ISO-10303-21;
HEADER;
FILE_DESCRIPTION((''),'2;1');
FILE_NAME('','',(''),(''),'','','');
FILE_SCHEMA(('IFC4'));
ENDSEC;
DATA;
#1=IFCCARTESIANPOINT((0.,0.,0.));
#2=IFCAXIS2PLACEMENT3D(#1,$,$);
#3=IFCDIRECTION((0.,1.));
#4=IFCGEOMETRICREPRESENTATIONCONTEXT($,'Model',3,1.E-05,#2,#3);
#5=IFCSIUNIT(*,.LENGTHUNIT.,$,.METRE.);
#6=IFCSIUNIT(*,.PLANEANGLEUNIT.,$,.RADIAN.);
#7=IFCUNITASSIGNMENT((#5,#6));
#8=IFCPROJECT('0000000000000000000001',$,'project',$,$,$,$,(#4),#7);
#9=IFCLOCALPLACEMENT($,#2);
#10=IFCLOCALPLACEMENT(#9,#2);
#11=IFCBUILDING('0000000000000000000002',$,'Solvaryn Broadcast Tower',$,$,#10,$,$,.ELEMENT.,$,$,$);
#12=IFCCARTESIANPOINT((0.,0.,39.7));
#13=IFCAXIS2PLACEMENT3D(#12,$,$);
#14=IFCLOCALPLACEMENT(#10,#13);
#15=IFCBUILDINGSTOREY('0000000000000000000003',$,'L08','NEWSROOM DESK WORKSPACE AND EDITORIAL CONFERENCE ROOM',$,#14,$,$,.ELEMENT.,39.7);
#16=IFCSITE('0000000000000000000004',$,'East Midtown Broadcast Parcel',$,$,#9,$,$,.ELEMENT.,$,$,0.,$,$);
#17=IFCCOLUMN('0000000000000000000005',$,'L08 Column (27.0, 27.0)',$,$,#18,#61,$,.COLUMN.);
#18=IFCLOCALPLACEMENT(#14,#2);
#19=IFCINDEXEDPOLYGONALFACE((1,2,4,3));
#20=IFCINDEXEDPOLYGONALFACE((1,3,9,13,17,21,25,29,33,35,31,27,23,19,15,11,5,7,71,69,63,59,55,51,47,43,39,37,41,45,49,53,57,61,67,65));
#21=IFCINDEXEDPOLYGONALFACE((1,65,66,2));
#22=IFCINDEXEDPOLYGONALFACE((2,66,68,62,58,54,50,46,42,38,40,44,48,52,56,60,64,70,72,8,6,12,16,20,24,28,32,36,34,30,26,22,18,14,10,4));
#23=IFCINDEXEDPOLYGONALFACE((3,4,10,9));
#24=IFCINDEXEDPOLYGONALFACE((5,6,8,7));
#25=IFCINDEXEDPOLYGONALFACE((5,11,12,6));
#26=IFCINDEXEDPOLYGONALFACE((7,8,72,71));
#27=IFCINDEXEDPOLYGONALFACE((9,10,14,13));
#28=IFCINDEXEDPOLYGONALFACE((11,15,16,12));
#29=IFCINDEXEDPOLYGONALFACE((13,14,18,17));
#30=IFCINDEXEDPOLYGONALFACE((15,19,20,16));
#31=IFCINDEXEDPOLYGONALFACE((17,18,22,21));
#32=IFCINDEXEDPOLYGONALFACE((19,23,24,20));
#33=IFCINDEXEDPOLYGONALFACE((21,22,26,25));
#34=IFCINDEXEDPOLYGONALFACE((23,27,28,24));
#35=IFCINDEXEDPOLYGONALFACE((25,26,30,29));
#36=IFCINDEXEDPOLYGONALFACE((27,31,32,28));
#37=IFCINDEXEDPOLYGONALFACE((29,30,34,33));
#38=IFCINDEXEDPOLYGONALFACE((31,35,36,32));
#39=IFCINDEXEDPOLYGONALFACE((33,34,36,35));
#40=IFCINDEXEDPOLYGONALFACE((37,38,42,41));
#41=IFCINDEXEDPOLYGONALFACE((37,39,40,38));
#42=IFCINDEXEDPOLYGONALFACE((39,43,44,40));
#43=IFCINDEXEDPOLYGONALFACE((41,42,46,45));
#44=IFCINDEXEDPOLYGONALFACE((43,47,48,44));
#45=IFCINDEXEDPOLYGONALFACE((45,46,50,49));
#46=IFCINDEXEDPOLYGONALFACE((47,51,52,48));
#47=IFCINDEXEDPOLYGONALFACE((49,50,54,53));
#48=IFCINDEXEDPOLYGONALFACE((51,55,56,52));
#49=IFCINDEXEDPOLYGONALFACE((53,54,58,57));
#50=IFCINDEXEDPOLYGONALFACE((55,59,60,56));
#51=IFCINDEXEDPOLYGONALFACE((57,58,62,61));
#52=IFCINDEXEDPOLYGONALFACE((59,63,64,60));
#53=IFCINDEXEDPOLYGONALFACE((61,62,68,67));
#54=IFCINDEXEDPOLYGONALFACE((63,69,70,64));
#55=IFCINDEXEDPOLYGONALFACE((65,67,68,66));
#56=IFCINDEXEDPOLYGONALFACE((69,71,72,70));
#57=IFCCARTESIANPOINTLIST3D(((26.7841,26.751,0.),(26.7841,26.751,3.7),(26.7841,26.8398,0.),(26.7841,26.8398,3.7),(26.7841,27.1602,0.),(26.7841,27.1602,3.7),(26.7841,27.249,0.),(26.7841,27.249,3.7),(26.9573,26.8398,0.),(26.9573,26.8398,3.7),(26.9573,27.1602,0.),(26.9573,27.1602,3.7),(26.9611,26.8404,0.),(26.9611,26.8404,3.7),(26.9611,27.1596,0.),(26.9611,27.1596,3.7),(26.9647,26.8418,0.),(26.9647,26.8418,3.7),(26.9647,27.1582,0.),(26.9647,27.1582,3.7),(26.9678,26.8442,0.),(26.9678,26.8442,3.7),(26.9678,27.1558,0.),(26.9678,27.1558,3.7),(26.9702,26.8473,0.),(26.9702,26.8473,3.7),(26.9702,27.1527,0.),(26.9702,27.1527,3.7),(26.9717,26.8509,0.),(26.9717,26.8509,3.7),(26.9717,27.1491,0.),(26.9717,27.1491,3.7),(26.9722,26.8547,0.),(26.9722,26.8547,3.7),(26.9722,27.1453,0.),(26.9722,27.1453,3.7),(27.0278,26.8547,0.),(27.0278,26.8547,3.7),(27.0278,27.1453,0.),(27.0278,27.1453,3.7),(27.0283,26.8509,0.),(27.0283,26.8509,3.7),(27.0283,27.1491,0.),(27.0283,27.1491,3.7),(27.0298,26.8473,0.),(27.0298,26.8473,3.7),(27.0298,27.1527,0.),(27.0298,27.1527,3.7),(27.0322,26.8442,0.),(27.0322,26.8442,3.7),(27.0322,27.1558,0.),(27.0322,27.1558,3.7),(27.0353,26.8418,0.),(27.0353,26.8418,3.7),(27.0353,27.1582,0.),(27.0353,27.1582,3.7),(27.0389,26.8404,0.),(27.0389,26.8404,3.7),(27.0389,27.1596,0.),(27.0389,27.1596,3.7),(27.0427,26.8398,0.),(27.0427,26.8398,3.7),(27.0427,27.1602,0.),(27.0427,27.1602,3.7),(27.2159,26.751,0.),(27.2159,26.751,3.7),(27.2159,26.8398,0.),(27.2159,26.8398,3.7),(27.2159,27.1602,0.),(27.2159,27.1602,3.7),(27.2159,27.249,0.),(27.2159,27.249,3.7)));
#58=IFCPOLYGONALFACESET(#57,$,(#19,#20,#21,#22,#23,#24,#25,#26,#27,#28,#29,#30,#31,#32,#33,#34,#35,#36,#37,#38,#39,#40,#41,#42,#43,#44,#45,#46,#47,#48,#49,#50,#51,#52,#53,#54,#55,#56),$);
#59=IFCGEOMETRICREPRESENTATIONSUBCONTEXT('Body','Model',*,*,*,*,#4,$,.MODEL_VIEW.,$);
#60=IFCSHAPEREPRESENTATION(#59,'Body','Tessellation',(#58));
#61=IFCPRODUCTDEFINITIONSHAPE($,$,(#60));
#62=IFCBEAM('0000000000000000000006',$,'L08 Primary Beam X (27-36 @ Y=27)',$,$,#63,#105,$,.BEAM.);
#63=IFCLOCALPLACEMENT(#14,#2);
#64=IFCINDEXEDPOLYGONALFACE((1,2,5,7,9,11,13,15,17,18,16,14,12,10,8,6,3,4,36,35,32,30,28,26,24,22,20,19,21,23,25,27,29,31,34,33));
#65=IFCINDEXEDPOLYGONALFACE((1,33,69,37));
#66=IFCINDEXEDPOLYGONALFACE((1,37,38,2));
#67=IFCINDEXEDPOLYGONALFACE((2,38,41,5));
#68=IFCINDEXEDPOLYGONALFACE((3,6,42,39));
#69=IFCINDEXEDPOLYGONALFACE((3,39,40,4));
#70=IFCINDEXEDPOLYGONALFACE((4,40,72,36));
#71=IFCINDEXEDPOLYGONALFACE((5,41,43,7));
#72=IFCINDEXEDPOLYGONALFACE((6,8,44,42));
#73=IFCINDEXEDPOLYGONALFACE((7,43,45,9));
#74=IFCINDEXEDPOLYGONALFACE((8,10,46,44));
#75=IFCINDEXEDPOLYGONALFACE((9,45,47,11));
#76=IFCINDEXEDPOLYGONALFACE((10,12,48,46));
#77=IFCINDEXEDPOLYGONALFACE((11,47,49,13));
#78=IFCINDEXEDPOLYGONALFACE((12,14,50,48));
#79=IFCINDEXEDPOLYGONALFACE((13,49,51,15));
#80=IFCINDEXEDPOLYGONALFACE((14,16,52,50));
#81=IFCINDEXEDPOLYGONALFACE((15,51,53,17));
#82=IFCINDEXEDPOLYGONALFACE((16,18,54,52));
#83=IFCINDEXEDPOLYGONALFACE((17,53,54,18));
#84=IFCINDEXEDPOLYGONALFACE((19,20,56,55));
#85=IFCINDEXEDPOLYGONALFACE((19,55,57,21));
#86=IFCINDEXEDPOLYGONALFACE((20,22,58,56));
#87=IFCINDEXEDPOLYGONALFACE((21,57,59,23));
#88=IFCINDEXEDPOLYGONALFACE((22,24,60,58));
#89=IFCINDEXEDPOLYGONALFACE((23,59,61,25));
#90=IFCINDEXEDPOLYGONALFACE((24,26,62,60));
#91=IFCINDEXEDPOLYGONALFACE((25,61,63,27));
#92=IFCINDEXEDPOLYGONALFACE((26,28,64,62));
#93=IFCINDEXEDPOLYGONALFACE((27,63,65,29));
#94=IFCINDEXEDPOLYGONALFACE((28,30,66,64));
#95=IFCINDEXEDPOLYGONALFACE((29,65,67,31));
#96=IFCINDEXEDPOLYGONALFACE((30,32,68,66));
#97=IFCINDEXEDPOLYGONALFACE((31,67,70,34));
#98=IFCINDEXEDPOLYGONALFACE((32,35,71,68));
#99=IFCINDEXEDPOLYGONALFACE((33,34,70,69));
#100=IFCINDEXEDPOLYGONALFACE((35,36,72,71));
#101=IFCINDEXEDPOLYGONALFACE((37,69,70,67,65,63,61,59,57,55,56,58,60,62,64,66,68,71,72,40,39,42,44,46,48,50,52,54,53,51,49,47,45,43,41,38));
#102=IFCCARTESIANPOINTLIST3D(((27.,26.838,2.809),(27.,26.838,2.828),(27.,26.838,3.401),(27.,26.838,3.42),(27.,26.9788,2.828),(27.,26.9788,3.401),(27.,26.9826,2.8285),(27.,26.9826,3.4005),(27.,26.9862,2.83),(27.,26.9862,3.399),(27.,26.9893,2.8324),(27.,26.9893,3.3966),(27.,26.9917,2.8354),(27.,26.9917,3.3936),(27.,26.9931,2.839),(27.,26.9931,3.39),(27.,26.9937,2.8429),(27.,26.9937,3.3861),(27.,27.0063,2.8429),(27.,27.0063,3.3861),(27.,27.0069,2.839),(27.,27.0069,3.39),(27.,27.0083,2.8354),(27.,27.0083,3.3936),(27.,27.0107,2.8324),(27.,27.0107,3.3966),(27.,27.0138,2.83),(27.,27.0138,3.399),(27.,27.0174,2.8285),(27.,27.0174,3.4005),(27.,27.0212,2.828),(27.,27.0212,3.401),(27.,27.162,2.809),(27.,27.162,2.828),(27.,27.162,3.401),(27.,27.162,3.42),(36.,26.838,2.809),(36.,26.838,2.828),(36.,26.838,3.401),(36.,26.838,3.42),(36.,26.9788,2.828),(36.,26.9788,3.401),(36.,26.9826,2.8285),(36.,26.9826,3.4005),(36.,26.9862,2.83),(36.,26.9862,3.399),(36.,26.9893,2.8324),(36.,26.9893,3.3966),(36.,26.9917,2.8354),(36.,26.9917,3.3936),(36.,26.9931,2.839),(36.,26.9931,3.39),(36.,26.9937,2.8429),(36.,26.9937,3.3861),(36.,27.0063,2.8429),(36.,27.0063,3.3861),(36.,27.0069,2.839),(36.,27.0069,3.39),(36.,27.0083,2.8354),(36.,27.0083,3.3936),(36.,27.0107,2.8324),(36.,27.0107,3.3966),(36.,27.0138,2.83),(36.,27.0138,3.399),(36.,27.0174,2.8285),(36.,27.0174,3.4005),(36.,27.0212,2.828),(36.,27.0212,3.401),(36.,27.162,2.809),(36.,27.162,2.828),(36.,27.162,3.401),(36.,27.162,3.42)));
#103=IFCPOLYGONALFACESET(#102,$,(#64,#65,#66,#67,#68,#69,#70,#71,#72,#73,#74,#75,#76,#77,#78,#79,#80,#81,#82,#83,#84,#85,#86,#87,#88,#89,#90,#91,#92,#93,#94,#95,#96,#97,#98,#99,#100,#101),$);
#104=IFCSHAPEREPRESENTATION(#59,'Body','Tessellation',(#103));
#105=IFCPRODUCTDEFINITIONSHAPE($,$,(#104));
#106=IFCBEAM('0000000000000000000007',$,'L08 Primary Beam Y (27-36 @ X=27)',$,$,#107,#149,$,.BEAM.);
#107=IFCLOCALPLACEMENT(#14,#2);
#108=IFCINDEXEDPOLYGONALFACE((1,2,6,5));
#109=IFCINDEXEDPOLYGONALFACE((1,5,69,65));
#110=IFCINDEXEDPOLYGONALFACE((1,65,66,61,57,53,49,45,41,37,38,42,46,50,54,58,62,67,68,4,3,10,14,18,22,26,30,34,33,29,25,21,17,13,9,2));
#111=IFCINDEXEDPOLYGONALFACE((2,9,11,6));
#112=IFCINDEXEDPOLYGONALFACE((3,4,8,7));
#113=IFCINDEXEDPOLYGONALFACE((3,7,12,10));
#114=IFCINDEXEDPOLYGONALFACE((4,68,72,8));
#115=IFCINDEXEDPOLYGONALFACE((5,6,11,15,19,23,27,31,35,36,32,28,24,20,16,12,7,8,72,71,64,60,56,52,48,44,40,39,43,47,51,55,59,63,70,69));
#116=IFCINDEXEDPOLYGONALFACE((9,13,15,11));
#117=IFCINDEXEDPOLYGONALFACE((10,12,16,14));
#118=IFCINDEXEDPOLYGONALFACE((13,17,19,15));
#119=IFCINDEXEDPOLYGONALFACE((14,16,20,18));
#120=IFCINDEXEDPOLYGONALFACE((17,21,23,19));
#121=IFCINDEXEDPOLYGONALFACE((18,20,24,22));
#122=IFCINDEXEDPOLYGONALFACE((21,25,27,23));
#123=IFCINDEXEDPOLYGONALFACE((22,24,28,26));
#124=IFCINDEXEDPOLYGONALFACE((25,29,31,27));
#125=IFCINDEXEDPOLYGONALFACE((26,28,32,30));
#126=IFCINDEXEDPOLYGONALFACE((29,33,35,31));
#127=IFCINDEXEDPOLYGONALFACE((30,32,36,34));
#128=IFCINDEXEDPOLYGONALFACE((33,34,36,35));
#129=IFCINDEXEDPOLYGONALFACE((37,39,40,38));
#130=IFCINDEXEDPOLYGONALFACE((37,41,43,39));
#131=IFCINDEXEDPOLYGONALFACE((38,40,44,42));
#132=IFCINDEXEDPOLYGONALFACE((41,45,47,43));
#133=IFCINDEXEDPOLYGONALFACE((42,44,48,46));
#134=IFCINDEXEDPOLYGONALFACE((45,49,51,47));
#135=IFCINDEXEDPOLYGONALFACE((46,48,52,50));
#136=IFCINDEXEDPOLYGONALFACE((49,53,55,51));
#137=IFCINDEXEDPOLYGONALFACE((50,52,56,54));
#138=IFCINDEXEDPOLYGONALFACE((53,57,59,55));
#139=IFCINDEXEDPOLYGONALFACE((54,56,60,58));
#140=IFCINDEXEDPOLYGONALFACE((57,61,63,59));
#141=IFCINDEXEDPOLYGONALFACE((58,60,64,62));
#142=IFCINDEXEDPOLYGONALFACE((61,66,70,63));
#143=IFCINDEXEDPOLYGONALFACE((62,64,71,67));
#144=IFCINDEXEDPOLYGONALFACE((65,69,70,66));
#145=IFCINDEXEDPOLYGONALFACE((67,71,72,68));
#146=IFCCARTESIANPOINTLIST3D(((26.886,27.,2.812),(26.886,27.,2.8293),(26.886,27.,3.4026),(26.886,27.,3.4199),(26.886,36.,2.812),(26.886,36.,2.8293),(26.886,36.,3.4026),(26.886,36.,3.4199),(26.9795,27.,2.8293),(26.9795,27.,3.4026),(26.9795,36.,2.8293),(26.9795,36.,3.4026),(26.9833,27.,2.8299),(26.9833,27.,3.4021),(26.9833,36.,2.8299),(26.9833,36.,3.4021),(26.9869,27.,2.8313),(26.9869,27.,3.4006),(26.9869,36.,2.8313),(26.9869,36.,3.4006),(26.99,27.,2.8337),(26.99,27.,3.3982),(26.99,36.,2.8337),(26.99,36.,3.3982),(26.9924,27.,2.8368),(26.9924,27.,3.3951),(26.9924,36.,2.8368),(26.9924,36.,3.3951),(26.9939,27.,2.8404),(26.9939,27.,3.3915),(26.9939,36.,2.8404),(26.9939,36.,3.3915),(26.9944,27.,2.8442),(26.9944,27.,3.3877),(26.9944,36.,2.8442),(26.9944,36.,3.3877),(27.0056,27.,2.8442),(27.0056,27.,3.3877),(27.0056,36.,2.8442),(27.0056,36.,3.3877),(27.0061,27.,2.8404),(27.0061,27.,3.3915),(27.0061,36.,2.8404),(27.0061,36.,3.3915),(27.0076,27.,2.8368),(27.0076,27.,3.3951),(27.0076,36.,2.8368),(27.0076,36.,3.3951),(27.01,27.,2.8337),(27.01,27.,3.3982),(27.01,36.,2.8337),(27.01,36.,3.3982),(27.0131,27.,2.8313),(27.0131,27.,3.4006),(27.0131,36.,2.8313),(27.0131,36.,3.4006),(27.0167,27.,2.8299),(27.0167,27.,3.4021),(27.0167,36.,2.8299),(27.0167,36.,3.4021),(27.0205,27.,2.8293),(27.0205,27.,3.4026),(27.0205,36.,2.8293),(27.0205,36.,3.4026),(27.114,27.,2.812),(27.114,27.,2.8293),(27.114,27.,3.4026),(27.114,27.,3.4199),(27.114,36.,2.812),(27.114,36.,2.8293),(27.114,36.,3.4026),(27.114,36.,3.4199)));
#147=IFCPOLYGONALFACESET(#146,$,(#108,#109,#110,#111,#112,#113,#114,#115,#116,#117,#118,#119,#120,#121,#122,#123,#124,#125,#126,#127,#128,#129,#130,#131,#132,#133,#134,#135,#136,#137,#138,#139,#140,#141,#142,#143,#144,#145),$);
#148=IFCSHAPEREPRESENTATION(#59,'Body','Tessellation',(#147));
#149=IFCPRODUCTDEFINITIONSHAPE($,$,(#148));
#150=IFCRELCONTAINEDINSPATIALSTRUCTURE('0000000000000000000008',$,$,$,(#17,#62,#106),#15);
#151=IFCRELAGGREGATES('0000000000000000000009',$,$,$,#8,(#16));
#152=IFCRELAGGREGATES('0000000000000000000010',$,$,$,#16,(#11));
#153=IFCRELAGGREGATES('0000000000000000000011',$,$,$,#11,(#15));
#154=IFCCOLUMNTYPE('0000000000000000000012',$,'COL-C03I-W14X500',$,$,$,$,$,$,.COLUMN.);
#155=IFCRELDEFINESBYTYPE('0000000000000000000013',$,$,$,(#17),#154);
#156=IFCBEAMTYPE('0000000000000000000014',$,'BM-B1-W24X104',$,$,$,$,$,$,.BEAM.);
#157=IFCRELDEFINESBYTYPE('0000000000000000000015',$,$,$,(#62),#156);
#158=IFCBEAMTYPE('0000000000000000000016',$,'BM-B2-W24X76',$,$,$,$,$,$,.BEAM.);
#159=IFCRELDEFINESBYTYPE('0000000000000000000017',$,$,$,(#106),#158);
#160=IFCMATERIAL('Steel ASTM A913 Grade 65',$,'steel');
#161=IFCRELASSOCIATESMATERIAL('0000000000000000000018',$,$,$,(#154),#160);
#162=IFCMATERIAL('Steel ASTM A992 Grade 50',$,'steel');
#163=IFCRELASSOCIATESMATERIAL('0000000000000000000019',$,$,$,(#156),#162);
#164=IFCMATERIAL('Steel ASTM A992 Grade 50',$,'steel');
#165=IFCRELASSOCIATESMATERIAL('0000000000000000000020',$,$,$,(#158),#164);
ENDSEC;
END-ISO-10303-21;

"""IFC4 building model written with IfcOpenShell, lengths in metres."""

from ifc_helpers import new_model, si_unit, direction, frame, origin, origin_2d, place, context, subcontext, project, spatial, i_section, extrude, material, material_profile, profile_set, type_object, element, save


model = new_model("IFC4")

# Units and contexts
model_context = context("Model", 3, precision=1e-05, world=origin(), true_north=direction((0.0, 1.0)))
body_context = subcontext(model_context, "Body", "Model", "MODEL_VIEW")
ifc_project = project(units=[si_unit("LENGTHUNIT", "METRE"), si_unit("PLANEANGLEUNIT", "RADIAN")], contexts=[model_context])

# Site, building, storey
site_placement = place(None, origin())
site = spatial("IfcSite", under=ifc_project, at=site_placement, Name="East Midtown Broadcast Parcel", CompositionType="ELEMENT", RefElevation=0.0)
building_placement = place(site_placement, origin())
building = spatial("IfcBuilding", under=site, at=building_placement, Name="Solvaryn Broadcast Tower", CompositionType="ELEMENT")
storey_placement = place(building_placement, frame((0.0, 0.0, 39.7)))
storey = spatial("IfcBuildingStorey", under=building, at=storey_placement, Name="L08", Description="NEWSROOM DESK WORKSPACE AND EDITORIAL CONFERENCE ROOM", CompositionType="ELEMENT", Elevation=39.7)

# Column
ifc_material_1 = material(Name="Steel ASTM A913 Grade 65", Category="steel")
ifc_material_profile_1 = material_profile(ifc_material_1, i_section(OverallWidth=0.4319, OverallDepth=0.498, WebThickness=0.0557, FlangeThickness=0.0889, FilletRadius=0.0149, at=origin_2d()))
ifc_profile_set_1 = profile_set([ifc_material_profile_1], Name="Steel ASTM A913 Grade 65")
column_type = type_object("IfcColumnType", Name="COL-C03I-W14X500", PredefinedType="COLUMN", material=ifc_profile_set_1)
column_placement = place(storey_placement, frame((27.0, 27.0, 0.0), z_axis=(0.0, 0.0, 1.0), x_axis=(1.0, 0.0, 0.0)))
element("IfcColumn", 1, at=column_placement, inside=storey, type_object=column_type, Name="L08 Column (27.0, 27.0)", PredefinedType="COLUMN", context=body_context, shape_type="SweptSolid", body=[
    extrude(i_section(OverallWidth=0.4319, OverallDepth=0.498, WebThickness=0.0557, FlangeThickness=0.0889, FilletRadius=0.0149, at=origin_2d()), origin(), (0.0, 0.0, 1.0), 3.7),
])

# Beams
ifc_material_2 = material(Name="Steel ASTM A992 Grade 50", Category="steel")
ifc_material_profile_2 = material_profile(ifc_material_2, i_section(OverallWidth=0.324, OverallDepth=0.6111, WebThickness=0.0127, FlangeThickness=0.019, FilletRadius=0.0149, at=origin_2d()))
ifc_profile_set_2 = profile_set([ifc_material_profile_2], Name="Steel ASTM A992 Grade 50")
beam_type_1 = type_object("IfcBeamType", Name="BM-B1-W24X104", PredefinedType="BEAM", material=ifc_profile_set_2)
beam_1_placement = place(storey_placement, frame((27.0, 27.0, 3.1145), z_axis=(1.0, 0.0, 0.0), x_axis=(0.0, 1.0, 0.0)))
element("IfcBeam", 2, at=beam_1_placement, inside=storey, type_object=beam_type_1, Name="L08 Primary Beam X (27-36 @ Y=27)", PredefinedType="BEAM", context=body_context, shape_type="SweptSolid", body=[
    extrude(i_section(OverallWidth=0.324, OverallDepth=0.6111, WebThickness=0.0127, FlangeThickness=0.019, FilletRadius=0.0149, at=origin_2d()), origin(), (0.0, 0.0, 1.0), 9.0),
])
ifc_material_3 = material(Name="Steel ASTM A992 Grade 50", Category="steel")
ifc_material_profile_3 = material_profile(ifc_material_3, i_section(OverallWidth=0.228, OverallDepth=0.6079, WebThickness=0.0112, FlangeThickness=0.0173, FilletRadius=0.0149, at=origin_2d()))
ifc_profile_set_3 = profile_set([ifc_material_profile_3], Name="Steel ASTM A992 Grade 50")
beam_type_2 = type_object("IfcBeamType", Name="BM-B2-W24X76", PredefinedType="BEAM", material=ifc_profile_set_3)
beam_2_placement = place(storey_placement, frame((27.0, 27.0, 3.116), z_axis=(0.0, 1.0, 0.0), x_axis=(-1.0, 0.0, 0.0)))
element("IfcBeam", 3, at=beam_2_placement, inside=storey, type_object=beam_type_2, Name="L08 Primary Beam Y (27-36 @ X=27)", PredefinedType="BEAM", context=body_context, shape_type="SweptSolid", body=[
    extrude(i_section(OverallWidth=0.228, OverallDepth=0.6079, WebThickness=0.0112, FlangeThickness=0.0173, FilletRadius=0.0149, at=origin_2d()), origin(), (0.0, 0.0, 1.0), 9.0),
])

save(model, "model.ifc")
